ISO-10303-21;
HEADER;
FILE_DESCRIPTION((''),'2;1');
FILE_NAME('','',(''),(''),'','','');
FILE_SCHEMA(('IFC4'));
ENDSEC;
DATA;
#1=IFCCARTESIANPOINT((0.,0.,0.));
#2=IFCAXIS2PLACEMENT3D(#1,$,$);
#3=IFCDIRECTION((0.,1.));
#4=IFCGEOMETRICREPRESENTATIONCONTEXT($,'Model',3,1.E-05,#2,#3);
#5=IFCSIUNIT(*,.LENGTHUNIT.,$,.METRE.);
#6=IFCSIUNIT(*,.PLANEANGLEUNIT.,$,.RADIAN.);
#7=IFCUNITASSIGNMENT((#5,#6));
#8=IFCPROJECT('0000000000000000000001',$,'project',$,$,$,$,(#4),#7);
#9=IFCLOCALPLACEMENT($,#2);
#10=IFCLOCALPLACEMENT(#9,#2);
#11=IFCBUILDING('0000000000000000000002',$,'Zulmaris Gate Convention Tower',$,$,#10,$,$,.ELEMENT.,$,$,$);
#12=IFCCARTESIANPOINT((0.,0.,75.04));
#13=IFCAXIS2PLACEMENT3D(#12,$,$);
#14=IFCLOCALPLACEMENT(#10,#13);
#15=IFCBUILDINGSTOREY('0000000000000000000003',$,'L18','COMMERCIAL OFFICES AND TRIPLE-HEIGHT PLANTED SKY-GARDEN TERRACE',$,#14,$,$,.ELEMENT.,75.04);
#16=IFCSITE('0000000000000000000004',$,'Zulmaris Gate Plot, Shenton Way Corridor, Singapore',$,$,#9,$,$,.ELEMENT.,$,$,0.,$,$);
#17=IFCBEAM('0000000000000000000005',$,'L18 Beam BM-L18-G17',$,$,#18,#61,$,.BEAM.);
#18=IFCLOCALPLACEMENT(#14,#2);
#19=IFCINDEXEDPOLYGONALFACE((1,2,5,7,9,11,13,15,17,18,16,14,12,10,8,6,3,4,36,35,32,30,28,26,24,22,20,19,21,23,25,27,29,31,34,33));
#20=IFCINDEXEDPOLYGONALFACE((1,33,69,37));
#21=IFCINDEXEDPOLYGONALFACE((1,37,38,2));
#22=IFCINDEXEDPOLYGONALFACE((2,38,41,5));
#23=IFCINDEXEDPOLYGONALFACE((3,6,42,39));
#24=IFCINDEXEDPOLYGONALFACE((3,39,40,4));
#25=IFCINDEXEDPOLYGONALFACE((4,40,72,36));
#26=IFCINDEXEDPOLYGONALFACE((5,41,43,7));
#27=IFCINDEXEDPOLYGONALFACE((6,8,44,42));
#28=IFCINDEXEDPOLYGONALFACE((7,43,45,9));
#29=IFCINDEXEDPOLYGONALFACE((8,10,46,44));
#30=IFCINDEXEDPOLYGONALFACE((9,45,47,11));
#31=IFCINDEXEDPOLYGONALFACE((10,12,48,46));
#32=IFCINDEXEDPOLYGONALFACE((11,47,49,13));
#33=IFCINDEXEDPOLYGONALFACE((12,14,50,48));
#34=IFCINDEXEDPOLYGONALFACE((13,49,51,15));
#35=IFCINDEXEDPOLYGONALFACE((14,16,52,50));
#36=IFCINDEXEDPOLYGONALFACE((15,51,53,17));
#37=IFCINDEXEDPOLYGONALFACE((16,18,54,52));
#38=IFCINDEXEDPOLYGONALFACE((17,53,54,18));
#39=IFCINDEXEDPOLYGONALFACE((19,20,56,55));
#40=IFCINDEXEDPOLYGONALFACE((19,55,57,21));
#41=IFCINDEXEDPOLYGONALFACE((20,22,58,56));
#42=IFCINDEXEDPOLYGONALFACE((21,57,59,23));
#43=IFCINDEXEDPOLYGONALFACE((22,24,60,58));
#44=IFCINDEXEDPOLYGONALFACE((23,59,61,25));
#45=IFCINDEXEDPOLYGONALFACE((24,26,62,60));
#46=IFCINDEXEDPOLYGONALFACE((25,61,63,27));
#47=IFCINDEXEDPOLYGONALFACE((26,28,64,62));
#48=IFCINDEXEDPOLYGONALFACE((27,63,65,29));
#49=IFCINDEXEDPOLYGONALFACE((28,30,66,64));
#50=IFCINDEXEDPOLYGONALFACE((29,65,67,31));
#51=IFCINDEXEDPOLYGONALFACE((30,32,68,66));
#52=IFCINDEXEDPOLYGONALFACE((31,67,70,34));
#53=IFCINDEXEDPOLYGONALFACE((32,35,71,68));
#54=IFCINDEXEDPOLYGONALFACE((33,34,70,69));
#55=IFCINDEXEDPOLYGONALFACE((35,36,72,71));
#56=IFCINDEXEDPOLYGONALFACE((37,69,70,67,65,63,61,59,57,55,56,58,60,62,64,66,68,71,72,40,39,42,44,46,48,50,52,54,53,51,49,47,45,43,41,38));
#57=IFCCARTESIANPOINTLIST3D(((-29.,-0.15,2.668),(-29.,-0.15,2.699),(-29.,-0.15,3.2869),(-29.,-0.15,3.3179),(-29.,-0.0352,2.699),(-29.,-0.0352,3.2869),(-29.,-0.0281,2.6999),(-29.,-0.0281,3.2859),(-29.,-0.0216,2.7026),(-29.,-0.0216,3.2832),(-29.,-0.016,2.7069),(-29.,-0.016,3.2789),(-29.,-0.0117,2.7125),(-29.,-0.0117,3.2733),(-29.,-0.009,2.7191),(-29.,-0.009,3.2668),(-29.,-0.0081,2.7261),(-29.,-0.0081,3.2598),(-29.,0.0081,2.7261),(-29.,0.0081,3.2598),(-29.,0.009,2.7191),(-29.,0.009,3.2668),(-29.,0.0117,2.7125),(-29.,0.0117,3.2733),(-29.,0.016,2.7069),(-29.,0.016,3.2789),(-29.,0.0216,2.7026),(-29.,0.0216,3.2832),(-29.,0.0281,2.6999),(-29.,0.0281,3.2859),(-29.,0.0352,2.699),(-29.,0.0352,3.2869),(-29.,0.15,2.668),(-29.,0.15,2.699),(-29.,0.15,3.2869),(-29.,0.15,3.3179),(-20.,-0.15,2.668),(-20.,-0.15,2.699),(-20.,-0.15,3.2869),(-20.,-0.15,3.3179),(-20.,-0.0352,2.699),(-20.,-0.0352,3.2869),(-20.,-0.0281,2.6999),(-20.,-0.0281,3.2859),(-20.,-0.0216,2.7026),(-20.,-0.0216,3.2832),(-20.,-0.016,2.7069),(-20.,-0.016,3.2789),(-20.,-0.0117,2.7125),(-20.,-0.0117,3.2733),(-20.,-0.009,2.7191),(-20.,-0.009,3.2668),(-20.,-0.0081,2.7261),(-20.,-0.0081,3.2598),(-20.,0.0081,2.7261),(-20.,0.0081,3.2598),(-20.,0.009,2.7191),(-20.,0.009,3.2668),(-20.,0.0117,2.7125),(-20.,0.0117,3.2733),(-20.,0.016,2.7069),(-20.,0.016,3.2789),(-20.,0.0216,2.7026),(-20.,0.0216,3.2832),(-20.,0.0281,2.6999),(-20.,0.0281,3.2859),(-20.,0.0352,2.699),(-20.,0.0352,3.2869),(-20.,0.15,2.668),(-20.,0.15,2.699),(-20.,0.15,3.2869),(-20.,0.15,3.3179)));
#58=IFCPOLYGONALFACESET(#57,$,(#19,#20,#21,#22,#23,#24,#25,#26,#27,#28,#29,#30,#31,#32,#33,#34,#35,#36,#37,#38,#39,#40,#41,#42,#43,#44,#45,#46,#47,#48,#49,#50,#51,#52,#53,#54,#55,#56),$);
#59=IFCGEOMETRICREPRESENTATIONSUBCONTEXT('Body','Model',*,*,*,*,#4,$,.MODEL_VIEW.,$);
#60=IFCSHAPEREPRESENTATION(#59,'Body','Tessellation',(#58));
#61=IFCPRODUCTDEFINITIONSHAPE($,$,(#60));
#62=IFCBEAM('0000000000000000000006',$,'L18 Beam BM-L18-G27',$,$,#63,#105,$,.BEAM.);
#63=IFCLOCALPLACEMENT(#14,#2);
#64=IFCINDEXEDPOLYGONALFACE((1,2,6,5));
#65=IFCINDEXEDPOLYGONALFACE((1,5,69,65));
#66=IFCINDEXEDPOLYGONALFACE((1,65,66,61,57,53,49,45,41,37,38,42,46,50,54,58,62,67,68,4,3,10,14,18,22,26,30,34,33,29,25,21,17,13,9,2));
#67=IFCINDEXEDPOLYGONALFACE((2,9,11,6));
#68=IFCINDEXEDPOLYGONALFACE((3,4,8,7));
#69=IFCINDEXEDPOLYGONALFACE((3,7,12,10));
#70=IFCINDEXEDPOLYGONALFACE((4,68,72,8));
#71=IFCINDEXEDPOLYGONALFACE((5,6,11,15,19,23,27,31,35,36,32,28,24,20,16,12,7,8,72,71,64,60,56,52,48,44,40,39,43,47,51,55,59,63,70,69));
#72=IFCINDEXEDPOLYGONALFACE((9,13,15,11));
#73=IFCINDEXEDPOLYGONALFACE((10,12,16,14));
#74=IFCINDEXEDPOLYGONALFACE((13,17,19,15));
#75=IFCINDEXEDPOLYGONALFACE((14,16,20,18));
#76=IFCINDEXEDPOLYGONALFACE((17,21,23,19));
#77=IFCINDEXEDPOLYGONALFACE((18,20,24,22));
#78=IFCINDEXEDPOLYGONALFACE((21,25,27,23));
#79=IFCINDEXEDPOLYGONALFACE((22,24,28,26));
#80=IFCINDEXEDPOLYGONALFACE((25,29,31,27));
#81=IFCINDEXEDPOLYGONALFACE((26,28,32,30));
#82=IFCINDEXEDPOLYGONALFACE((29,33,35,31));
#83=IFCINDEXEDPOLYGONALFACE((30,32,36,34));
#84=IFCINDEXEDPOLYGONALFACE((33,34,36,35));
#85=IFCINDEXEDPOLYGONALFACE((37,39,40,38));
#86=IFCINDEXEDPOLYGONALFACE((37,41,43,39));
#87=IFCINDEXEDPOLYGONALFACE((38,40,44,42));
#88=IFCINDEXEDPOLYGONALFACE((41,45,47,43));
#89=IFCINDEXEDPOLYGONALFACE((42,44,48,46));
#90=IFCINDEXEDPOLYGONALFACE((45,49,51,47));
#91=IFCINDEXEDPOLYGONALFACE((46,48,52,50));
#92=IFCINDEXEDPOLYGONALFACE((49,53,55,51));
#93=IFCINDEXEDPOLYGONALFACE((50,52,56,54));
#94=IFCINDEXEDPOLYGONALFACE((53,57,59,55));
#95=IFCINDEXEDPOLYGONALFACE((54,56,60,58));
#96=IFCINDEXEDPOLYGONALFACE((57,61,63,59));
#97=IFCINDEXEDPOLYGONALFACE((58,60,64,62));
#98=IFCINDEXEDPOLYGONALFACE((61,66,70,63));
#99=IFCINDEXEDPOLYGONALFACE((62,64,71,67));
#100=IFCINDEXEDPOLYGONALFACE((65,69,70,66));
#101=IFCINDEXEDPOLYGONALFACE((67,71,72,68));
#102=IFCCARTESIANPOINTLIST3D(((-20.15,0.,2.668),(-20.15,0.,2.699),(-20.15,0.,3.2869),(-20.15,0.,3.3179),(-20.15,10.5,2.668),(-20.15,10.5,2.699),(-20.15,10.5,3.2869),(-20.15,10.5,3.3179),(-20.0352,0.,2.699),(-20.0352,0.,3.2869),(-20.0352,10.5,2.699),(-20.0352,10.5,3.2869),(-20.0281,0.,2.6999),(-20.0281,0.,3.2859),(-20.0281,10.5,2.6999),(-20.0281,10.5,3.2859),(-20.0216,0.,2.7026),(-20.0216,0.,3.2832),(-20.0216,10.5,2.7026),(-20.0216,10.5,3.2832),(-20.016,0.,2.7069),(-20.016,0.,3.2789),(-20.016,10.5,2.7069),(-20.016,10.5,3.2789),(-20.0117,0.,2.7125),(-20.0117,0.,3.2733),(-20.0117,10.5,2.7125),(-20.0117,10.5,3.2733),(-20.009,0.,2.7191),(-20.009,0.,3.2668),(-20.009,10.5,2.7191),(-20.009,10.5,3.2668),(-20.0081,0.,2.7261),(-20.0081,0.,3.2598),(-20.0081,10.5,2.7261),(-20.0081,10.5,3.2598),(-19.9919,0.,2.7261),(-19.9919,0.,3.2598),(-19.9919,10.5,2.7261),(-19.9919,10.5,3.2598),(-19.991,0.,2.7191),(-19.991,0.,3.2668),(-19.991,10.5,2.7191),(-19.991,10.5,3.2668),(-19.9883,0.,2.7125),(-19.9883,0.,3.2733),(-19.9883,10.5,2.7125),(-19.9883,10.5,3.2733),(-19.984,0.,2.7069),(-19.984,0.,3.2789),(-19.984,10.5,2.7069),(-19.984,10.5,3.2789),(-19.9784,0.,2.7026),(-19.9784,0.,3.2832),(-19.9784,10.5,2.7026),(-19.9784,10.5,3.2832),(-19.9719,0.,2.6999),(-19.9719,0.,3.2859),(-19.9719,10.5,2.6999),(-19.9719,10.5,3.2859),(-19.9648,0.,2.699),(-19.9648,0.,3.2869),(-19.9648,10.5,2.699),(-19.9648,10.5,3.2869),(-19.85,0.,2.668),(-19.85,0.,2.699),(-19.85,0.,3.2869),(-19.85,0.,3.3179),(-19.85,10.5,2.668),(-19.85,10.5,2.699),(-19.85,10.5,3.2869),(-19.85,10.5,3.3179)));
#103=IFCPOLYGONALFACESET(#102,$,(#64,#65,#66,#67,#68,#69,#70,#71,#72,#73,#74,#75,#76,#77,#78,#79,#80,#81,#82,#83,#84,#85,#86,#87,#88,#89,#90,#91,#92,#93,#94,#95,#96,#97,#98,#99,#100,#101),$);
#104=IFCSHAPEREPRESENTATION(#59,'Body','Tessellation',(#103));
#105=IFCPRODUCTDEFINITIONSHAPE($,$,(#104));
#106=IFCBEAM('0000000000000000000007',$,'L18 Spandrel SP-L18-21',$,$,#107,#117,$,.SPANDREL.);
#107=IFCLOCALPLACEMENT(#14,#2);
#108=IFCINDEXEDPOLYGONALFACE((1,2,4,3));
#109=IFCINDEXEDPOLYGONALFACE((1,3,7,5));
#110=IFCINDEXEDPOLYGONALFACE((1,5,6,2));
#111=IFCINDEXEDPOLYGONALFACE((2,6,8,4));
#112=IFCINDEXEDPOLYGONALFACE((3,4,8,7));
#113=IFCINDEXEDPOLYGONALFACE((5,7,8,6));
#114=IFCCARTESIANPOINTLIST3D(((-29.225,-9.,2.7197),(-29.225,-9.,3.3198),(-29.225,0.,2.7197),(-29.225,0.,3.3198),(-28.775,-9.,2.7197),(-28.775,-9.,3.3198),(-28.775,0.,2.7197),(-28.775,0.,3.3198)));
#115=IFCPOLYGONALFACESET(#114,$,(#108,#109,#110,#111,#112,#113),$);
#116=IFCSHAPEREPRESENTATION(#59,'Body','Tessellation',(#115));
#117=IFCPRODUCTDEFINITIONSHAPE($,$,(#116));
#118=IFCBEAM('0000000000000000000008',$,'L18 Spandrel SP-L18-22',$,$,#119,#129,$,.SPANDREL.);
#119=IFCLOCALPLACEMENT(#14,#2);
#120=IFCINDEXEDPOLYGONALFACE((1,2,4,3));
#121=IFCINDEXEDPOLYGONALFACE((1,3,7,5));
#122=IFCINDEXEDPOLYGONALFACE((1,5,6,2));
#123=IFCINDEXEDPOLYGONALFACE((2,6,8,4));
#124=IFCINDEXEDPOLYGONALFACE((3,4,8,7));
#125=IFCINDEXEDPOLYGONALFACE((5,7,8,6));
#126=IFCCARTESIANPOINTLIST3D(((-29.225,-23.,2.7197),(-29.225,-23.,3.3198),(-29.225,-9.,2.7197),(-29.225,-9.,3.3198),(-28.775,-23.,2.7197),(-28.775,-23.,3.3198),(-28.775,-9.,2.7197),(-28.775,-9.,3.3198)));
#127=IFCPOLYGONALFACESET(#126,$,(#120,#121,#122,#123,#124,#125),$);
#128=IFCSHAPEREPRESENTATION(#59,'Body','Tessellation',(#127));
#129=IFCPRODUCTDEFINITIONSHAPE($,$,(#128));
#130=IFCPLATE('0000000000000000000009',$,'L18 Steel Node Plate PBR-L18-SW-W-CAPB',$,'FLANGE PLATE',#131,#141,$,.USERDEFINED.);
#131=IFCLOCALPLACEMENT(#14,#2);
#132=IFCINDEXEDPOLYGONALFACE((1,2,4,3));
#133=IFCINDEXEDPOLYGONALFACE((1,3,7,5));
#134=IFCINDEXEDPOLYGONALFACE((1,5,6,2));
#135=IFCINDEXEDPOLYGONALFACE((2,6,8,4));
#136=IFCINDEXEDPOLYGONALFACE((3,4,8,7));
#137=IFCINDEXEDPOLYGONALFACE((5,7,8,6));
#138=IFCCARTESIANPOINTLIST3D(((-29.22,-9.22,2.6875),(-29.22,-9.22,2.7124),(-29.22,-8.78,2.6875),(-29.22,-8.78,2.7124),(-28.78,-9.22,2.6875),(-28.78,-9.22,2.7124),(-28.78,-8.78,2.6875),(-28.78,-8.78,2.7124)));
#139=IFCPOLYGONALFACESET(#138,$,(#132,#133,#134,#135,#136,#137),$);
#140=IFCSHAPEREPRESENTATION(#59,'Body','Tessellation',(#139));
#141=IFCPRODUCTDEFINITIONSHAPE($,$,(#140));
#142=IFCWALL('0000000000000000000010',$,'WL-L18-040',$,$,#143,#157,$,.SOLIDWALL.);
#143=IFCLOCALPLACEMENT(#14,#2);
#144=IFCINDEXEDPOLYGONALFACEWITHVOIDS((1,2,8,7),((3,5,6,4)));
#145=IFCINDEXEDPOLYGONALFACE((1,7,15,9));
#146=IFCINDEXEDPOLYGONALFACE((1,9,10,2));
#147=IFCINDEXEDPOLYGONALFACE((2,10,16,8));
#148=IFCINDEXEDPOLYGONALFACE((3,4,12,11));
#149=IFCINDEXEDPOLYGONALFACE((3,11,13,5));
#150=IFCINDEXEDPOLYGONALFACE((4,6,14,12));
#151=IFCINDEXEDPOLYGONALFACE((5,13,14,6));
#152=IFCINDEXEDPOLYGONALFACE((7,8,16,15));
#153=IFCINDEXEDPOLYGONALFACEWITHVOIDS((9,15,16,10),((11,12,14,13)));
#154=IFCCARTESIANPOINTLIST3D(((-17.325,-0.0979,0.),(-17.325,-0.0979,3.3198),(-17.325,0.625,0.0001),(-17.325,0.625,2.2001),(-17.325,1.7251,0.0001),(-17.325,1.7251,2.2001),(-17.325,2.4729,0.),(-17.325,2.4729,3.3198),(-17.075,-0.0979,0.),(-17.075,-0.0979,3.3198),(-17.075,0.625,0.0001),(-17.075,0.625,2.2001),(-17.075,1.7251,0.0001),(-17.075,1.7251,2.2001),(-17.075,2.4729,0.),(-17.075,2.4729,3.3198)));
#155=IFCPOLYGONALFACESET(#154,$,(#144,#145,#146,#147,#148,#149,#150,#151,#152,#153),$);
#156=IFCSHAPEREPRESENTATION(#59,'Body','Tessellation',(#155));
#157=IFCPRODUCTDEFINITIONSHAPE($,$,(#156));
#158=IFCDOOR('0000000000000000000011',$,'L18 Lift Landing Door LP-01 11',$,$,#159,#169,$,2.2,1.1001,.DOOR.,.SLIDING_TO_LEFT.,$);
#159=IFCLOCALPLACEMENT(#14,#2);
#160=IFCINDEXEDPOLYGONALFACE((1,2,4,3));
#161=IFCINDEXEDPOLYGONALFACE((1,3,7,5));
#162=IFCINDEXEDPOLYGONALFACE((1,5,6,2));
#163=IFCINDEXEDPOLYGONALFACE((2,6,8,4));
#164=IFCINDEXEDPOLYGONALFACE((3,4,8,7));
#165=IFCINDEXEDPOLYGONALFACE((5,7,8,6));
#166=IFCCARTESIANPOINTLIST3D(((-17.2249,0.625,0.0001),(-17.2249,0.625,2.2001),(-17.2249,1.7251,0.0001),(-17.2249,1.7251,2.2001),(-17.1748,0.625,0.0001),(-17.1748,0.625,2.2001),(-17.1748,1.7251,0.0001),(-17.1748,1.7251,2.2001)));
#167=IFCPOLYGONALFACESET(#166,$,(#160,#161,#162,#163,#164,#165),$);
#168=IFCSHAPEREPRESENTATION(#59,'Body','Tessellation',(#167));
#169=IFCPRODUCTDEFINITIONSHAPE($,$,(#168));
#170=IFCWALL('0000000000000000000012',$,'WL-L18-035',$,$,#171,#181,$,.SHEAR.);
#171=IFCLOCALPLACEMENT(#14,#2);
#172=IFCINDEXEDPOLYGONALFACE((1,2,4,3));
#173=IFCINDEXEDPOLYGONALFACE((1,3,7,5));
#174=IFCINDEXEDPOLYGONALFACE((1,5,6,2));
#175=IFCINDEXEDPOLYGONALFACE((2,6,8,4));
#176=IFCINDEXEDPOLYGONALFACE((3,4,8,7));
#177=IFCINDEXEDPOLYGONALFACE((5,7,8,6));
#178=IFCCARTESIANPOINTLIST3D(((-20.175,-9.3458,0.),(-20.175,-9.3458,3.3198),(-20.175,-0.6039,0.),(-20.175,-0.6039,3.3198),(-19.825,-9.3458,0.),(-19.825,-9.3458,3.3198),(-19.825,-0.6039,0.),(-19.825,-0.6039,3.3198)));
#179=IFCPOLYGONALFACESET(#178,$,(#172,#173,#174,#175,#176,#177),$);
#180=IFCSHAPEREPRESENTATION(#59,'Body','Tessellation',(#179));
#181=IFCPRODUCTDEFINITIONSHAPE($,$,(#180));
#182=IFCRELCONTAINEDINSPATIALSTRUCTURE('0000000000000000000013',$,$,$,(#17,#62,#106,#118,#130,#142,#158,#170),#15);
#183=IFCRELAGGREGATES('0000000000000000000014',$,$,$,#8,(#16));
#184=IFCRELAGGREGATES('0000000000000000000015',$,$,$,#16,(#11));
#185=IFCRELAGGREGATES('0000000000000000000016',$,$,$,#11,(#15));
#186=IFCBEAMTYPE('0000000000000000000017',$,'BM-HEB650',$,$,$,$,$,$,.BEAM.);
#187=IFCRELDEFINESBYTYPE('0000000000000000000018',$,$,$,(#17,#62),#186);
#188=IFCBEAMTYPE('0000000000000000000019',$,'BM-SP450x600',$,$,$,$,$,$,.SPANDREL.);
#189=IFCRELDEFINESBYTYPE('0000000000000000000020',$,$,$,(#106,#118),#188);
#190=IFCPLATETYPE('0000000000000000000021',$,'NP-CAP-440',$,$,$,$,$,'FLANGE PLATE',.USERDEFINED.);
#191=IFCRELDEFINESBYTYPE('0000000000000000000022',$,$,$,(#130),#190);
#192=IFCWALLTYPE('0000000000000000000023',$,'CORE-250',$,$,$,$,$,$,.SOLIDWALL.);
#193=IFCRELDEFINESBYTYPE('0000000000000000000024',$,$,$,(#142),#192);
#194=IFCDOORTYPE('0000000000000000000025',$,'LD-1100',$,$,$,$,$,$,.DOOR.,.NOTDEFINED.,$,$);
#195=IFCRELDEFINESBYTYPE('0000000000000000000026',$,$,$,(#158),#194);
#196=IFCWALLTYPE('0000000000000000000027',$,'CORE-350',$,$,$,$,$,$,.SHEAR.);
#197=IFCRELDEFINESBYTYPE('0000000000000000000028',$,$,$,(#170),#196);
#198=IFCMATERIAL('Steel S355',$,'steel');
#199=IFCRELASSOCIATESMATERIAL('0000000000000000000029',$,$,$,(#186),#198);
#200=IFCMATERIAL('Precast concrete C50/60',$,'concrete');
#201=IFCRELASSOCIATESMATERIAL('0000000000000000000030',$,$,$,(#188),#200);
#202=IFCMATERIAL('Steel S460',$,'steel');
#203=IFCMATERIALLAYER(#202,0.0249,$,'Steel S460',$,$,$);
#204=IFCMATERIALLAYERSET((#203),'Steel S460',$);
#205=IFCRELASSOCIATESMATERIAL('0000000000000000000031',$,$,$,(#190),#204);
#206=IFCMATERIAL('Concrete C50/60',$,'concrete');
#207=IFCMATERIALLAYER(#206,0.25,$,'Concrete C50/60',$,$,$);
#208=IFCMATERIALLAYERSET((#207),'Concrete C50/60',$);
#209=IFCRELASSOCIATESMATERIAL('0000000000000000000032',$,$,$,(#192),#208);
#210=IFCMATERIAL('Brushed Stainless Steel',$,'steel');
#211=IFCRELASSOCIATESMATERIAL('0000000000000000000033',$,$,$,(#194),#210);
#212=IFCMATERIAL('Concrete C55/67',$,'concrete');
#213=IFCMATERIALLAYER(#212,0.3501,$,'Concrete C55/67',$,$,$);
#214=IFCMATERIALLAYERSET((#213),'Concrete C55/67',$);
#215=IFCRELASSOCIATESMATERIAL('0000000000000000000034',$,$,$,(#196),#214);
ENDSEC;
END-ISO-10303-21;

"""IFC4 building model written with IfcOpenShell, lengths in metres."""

from ifc_helpers import new_model, si_unit, direction, frame, frame_2d, origin, origin_2d, place, context, subcontext, project, spatial, rectangle, i_section, extrude, material, layer, layer_set, material_profile, profile_set, type_object, element, fill, save


model = new_model("IFC4")

# Units and contexts
model_context = context("Model", 3, precision=1e-05, world=origin(), true_north=direction((0.0, 1.0)))
body_context = subcontext(model_context, "Body", "Model", "MODEL_VIEW")
ifc_project = project(units=[si_unit("LENGTHUNIT", "METRE"), si_unit("PLANEANGLEUNIT", "RADIAN")], contexts=[model_context])

# Site, building, storey
site_placement = place(None, origin())
site = spatial("IfcSite", under=ifc_project, at=site_placement, Name="Zulmaris Gate Plot, Shenton Way Corridor, Singapore", CompositionType="ELEMENT", RefElevation=0.0)
building_placement = place(site_placement, origin())
building = spatial("IfcBuilding", under=site, at=building_placement, Name="Zulmaris Gate Convention Tower", CompositionType="ELEMENT")
storey_placement = place(building_placement, frame((0.0, 0.0, 75.04)))
storey = spatial("IfcBuildingStorey", under=building, at=storey_placement, Name="L18", Description="COMMERCIAL OFFICES AND TRIPLE-HEIGHT PLANTED SKY-GARDEN TERRACE", CompositionType="ELEMENT", Elevation=75.04)

# Beams
ifc_material_1 = material(Name="Steel S355", Category="steel")
ifc_material_profile_1 = material_profile(ifc_material_1, i_section(OverallWidth=0.3, OverallDepth=0.6499, WebThickness=0.0161, FlangeThickness=0.031, FilletRadius=0.0271, at=origin_2d()), Name="HEB 650")
ifc_profile_set_1 = profile_set([ifc_material_profile_1], Name="Steel S355")
beam_type_1 = type_object("IfcBeamType", Name="BM-HEB650", PredefinedType="BEAM", material=ifc_profile_set_1)
for number, where, z_axis, x_axis, name in (
    (1, (-29.0, 0.0, 2.9929), (1.0, 0.0, 0.0), (0.0, 1.0, 0.0), "L18 Beam BM-L18-G17"),
):
    element("IfcBeam", number, at=place(storey_placement, frame(where, z_axis=z_axis, x_axis=x_axis)), inside=storey, type_object=beam_type_1, Name=name, PredefinedType="BEAM", context=body_context, shape_type="SweptSolid", body=[
        extrude(i_section(OverallWidth=0.3, OverallDepth=0.6499, WebThickness=0.0161, FlangeThickness=0.031, FilletRadius=0.0271, at=origin_2d()), origin(), (0.0, 0.0, 1.0), 9.0),
    ])
beam_1_placement = place(storey_placement, frame((-20.0, 0.0, 2.9929), z_axis=(0.0, 1.0, 0.0), x_axis=(-1.0, 0.0, 0.0)))
element("IfcBeam", 2, at=beam_1_placement, inside=storey, type_object=beam_type_1, Name="L18 Beam BM-L18-G27", PredefinedType="BEAM", context=body_context, shape_type="SweptSolid", body=[
    extrude(i_section(OverallWidth=0.3, OverallDepth=0.6499, WebThickness=0.0161, FlangeThickness=0.031, FilletRadius=0.0271, at=origin_2d()), origin(), (0.0, 0.0, 1.0), 10.5),
])
ifc_material_2 = material(Name="Precast concrete C50/60", Category="concrete")
ifc_material_profile_2 = material_profile(ifc_material_2, rectangle(XDim=0.45, YDim=0.6001, at=origin_2d()), Name="RC SPANDREL 450x600")
ifc_profile_set_2 = profile_set([ifc_material_profile_2], Name="Precast concrete C50/60")
beam_type_2 = type_object("IfcBeamType", Name="BM-SP450x600", PredefinedType="SPANDREL", material=ifc_profile_set_2)
beam_2_placement = place(storey_placement, frame((-29.0, 0.0, 3.0198), z_axis=(0.0, -1.0, 0.0), x_axis=(1.0, 0.0, 0.0)))
element("IfcBeam", 3, at=beam_2_placement, inside=storey, type_object=beam_type_2, Name="L18 Spandrel SP-L18-21", PredefinedType="SPANDREL", context=body_context, shape_type="SweptSolid", body=[
    extrude(rectangle(XDim=0.45, YDim=0.6001, at=origin_2d()), origin(), (0.0, 0.0, 1.0), 9.0),
])
beam_3_placement = place(storey_placement, frame((-29.0, -9.0, 3.0198), z_axis=(0.0, -1.0, 0.0), x_axis=(1.0, 0.0, 0.0)))
element("IfcBeam", 4, at=beam_3_placement, inside=storey, type_object=beam_type_2, Name="L18 Spandrel SP-L18-22", PredefinedType="SPANDREL", context=body_context, shape_type="SweptSolid", body=[
    extrude(rectangle(XDim=0.45, YDim=0.6001, at=origin_2d()), origin(), (0.0, 0.0, 1.0), 14.0),
])

# Plate
ifc_material_3 = material(Name="Steel S460", Category="steel")
ifc_layer_1 = layer(ifc_material_3, 0.0249, Name="Steel S460")
ifc_layer_set_1 = layer_set([ifc_layer_1], Name="Steel S460")
plate_type = type_object("IfcPlateType", Name="NP-CAP-440", ElementType="FLANGE PLATE", PredefinedType="USERDEFINED", material=ifc_layer_set_1)
plate_placement = place(storey_placement, frame((-29.0, -9.0, 2.6875), z_axis=(0.0, 0.0, 1.0), x_axis=(1.0, 0.0, 0.0)))
element("IfcPlate", 5, at=plate_placement, inside=storey, type_object=plate_type, Name="L18 Steel Node Plate PBR-L18-SW-W-CAPB", ObjectType="FLANGE PLATE", PredefinedType="USERDEFINED", context=body_context, shape_type="SweptSolid", body=[
    extrude(rectangle(XDim=0.4399, YDim=0.4399, at=origin_2d()), origin(), (0.0, 0.0, 1.0), 0.0249),
])

# Wall, opening, door
ifc_material_4 = material(Name="Concrete C50/60", Category="concrete")
ifc_layer_2 = layer(ifc_material_4, 0.25, Name="Concrete C50/60")
ifc_layer_set_2 = layer_set([ifc_layer_2], Name="Concrete C50/60")
wall_type_1 = type_object("IfcWallType", Name="CORE-250", PredefinedType="SOLIDWALL", material=ifc_layer_set_2)
wall_1_placement = place(storey_placement, frame((-17.2, -0.0979, 0.0), z_axis=(0.0, 0.0, 1.0), x_axis=(0.0, 1.0, 0.0)))
wall_1 = element("IfcWall", 6, at=wall_1_placement, inside=storey, type_object=wall_type_1, Name="WL-L18-040", PredefinedType="SOLIDWALL", context=body_context, shape_type="SweptSolid", body=[
    extrude(rectangle(XDim=2.5708, YDim=0.25, at=frame_2d((1.2854, 0.0))), origin(), (0.0, 0.0, 1.0), 3.3198),
])
opening_1_placement = place(wall_1_placement, frame((0.7229, 0.0, 0.0)))
opening_1 = element("IfcOpeningElement", 7, at=opening_1_placement, cuts=wall_1, PredefinedType="OPENING", context=body_context, shape_type="SweptSolid", body=[
    extrude(rectangle(XDim=1.1001, YDim=2.2, at=frame_2d((0.55, 1.1001))), frame((0.0, 0.135, 0.0), z_axis=(0.0, -1.0, 0.0), x_axis=(1.0, 0.0, 0.0)), (0.0, 0.0, 1.0), 0.27),
])
ifc_material_5 = material(Name="Brushed Stainless Steel", Category="steel")
door_type_1 = type_object("IfcDoorType", Name="LD-1100", OperationType="NOTDEFINED", PredefinedType="DOOR", material=ifc_material_5)
door_1_placement = place(opening_1_placement, origin())
door_1 = element("IfcDoor", 8, at=door_1_placement, inside=storey, type_object=door_type_1, Name="L18 Lift Landing Door LP-01 11", OperationType="SLIDING_TO_LEFT", OverallHeight=2.2, OverallWidth=1.1001, PredefinedType="DOOR", context=body_context, shape_type="SweptSolid", body=[
    extrude(rectangle(XDim=1.1001, YDim=2.2, at=frame_2d((0.55, 1.1001))), frame((0.0, 0.0249, 0.0), z_axis=(0.0, -1.0, 0.0), x_axis=(1.0, 0.0, 0.0)), (0.0, 0.0, 1.0), 0.05),
])
fill(opening_1, door_1)

# Wall
ifc_material_6 = material(Name="Concrete C55/67", Category="concrete")
ifc_layer_3 = layer(ifc_material_6, 0.3501, Name="Concrete C55/67")
ifc_layer_set_3 = layer_set([ifc_layer_3], Name="Concrete C55/67")
wall_type_2 = type_object("IfcWallType", Name="CORE-350", PredefinedType="SHEAR", material=ifc_layer_set_3)
wall_2_placement = place(storey_placement, frame((-20.0, -9.3459, 0.0), z_axis=(0.0, 0.0, 1.0), x_axis=(0.0, 1.0, 0.0)))
element("IfcWall", 9, at=wall_2_placement, inside=storey, type_object=wall_type_2, Name="WL-L18-035", PredefinedType="SHEAR", context=body_context, shape_type="SweptSolid", body=[
    extrude(rectangle(XDim=8.7419, YDim=0.3501, at=frame_2d((4.3711, 0.0))), origin(), (0.0, 0.0, 1.0), 3.3198),
])

save(model, "model.ifc")
